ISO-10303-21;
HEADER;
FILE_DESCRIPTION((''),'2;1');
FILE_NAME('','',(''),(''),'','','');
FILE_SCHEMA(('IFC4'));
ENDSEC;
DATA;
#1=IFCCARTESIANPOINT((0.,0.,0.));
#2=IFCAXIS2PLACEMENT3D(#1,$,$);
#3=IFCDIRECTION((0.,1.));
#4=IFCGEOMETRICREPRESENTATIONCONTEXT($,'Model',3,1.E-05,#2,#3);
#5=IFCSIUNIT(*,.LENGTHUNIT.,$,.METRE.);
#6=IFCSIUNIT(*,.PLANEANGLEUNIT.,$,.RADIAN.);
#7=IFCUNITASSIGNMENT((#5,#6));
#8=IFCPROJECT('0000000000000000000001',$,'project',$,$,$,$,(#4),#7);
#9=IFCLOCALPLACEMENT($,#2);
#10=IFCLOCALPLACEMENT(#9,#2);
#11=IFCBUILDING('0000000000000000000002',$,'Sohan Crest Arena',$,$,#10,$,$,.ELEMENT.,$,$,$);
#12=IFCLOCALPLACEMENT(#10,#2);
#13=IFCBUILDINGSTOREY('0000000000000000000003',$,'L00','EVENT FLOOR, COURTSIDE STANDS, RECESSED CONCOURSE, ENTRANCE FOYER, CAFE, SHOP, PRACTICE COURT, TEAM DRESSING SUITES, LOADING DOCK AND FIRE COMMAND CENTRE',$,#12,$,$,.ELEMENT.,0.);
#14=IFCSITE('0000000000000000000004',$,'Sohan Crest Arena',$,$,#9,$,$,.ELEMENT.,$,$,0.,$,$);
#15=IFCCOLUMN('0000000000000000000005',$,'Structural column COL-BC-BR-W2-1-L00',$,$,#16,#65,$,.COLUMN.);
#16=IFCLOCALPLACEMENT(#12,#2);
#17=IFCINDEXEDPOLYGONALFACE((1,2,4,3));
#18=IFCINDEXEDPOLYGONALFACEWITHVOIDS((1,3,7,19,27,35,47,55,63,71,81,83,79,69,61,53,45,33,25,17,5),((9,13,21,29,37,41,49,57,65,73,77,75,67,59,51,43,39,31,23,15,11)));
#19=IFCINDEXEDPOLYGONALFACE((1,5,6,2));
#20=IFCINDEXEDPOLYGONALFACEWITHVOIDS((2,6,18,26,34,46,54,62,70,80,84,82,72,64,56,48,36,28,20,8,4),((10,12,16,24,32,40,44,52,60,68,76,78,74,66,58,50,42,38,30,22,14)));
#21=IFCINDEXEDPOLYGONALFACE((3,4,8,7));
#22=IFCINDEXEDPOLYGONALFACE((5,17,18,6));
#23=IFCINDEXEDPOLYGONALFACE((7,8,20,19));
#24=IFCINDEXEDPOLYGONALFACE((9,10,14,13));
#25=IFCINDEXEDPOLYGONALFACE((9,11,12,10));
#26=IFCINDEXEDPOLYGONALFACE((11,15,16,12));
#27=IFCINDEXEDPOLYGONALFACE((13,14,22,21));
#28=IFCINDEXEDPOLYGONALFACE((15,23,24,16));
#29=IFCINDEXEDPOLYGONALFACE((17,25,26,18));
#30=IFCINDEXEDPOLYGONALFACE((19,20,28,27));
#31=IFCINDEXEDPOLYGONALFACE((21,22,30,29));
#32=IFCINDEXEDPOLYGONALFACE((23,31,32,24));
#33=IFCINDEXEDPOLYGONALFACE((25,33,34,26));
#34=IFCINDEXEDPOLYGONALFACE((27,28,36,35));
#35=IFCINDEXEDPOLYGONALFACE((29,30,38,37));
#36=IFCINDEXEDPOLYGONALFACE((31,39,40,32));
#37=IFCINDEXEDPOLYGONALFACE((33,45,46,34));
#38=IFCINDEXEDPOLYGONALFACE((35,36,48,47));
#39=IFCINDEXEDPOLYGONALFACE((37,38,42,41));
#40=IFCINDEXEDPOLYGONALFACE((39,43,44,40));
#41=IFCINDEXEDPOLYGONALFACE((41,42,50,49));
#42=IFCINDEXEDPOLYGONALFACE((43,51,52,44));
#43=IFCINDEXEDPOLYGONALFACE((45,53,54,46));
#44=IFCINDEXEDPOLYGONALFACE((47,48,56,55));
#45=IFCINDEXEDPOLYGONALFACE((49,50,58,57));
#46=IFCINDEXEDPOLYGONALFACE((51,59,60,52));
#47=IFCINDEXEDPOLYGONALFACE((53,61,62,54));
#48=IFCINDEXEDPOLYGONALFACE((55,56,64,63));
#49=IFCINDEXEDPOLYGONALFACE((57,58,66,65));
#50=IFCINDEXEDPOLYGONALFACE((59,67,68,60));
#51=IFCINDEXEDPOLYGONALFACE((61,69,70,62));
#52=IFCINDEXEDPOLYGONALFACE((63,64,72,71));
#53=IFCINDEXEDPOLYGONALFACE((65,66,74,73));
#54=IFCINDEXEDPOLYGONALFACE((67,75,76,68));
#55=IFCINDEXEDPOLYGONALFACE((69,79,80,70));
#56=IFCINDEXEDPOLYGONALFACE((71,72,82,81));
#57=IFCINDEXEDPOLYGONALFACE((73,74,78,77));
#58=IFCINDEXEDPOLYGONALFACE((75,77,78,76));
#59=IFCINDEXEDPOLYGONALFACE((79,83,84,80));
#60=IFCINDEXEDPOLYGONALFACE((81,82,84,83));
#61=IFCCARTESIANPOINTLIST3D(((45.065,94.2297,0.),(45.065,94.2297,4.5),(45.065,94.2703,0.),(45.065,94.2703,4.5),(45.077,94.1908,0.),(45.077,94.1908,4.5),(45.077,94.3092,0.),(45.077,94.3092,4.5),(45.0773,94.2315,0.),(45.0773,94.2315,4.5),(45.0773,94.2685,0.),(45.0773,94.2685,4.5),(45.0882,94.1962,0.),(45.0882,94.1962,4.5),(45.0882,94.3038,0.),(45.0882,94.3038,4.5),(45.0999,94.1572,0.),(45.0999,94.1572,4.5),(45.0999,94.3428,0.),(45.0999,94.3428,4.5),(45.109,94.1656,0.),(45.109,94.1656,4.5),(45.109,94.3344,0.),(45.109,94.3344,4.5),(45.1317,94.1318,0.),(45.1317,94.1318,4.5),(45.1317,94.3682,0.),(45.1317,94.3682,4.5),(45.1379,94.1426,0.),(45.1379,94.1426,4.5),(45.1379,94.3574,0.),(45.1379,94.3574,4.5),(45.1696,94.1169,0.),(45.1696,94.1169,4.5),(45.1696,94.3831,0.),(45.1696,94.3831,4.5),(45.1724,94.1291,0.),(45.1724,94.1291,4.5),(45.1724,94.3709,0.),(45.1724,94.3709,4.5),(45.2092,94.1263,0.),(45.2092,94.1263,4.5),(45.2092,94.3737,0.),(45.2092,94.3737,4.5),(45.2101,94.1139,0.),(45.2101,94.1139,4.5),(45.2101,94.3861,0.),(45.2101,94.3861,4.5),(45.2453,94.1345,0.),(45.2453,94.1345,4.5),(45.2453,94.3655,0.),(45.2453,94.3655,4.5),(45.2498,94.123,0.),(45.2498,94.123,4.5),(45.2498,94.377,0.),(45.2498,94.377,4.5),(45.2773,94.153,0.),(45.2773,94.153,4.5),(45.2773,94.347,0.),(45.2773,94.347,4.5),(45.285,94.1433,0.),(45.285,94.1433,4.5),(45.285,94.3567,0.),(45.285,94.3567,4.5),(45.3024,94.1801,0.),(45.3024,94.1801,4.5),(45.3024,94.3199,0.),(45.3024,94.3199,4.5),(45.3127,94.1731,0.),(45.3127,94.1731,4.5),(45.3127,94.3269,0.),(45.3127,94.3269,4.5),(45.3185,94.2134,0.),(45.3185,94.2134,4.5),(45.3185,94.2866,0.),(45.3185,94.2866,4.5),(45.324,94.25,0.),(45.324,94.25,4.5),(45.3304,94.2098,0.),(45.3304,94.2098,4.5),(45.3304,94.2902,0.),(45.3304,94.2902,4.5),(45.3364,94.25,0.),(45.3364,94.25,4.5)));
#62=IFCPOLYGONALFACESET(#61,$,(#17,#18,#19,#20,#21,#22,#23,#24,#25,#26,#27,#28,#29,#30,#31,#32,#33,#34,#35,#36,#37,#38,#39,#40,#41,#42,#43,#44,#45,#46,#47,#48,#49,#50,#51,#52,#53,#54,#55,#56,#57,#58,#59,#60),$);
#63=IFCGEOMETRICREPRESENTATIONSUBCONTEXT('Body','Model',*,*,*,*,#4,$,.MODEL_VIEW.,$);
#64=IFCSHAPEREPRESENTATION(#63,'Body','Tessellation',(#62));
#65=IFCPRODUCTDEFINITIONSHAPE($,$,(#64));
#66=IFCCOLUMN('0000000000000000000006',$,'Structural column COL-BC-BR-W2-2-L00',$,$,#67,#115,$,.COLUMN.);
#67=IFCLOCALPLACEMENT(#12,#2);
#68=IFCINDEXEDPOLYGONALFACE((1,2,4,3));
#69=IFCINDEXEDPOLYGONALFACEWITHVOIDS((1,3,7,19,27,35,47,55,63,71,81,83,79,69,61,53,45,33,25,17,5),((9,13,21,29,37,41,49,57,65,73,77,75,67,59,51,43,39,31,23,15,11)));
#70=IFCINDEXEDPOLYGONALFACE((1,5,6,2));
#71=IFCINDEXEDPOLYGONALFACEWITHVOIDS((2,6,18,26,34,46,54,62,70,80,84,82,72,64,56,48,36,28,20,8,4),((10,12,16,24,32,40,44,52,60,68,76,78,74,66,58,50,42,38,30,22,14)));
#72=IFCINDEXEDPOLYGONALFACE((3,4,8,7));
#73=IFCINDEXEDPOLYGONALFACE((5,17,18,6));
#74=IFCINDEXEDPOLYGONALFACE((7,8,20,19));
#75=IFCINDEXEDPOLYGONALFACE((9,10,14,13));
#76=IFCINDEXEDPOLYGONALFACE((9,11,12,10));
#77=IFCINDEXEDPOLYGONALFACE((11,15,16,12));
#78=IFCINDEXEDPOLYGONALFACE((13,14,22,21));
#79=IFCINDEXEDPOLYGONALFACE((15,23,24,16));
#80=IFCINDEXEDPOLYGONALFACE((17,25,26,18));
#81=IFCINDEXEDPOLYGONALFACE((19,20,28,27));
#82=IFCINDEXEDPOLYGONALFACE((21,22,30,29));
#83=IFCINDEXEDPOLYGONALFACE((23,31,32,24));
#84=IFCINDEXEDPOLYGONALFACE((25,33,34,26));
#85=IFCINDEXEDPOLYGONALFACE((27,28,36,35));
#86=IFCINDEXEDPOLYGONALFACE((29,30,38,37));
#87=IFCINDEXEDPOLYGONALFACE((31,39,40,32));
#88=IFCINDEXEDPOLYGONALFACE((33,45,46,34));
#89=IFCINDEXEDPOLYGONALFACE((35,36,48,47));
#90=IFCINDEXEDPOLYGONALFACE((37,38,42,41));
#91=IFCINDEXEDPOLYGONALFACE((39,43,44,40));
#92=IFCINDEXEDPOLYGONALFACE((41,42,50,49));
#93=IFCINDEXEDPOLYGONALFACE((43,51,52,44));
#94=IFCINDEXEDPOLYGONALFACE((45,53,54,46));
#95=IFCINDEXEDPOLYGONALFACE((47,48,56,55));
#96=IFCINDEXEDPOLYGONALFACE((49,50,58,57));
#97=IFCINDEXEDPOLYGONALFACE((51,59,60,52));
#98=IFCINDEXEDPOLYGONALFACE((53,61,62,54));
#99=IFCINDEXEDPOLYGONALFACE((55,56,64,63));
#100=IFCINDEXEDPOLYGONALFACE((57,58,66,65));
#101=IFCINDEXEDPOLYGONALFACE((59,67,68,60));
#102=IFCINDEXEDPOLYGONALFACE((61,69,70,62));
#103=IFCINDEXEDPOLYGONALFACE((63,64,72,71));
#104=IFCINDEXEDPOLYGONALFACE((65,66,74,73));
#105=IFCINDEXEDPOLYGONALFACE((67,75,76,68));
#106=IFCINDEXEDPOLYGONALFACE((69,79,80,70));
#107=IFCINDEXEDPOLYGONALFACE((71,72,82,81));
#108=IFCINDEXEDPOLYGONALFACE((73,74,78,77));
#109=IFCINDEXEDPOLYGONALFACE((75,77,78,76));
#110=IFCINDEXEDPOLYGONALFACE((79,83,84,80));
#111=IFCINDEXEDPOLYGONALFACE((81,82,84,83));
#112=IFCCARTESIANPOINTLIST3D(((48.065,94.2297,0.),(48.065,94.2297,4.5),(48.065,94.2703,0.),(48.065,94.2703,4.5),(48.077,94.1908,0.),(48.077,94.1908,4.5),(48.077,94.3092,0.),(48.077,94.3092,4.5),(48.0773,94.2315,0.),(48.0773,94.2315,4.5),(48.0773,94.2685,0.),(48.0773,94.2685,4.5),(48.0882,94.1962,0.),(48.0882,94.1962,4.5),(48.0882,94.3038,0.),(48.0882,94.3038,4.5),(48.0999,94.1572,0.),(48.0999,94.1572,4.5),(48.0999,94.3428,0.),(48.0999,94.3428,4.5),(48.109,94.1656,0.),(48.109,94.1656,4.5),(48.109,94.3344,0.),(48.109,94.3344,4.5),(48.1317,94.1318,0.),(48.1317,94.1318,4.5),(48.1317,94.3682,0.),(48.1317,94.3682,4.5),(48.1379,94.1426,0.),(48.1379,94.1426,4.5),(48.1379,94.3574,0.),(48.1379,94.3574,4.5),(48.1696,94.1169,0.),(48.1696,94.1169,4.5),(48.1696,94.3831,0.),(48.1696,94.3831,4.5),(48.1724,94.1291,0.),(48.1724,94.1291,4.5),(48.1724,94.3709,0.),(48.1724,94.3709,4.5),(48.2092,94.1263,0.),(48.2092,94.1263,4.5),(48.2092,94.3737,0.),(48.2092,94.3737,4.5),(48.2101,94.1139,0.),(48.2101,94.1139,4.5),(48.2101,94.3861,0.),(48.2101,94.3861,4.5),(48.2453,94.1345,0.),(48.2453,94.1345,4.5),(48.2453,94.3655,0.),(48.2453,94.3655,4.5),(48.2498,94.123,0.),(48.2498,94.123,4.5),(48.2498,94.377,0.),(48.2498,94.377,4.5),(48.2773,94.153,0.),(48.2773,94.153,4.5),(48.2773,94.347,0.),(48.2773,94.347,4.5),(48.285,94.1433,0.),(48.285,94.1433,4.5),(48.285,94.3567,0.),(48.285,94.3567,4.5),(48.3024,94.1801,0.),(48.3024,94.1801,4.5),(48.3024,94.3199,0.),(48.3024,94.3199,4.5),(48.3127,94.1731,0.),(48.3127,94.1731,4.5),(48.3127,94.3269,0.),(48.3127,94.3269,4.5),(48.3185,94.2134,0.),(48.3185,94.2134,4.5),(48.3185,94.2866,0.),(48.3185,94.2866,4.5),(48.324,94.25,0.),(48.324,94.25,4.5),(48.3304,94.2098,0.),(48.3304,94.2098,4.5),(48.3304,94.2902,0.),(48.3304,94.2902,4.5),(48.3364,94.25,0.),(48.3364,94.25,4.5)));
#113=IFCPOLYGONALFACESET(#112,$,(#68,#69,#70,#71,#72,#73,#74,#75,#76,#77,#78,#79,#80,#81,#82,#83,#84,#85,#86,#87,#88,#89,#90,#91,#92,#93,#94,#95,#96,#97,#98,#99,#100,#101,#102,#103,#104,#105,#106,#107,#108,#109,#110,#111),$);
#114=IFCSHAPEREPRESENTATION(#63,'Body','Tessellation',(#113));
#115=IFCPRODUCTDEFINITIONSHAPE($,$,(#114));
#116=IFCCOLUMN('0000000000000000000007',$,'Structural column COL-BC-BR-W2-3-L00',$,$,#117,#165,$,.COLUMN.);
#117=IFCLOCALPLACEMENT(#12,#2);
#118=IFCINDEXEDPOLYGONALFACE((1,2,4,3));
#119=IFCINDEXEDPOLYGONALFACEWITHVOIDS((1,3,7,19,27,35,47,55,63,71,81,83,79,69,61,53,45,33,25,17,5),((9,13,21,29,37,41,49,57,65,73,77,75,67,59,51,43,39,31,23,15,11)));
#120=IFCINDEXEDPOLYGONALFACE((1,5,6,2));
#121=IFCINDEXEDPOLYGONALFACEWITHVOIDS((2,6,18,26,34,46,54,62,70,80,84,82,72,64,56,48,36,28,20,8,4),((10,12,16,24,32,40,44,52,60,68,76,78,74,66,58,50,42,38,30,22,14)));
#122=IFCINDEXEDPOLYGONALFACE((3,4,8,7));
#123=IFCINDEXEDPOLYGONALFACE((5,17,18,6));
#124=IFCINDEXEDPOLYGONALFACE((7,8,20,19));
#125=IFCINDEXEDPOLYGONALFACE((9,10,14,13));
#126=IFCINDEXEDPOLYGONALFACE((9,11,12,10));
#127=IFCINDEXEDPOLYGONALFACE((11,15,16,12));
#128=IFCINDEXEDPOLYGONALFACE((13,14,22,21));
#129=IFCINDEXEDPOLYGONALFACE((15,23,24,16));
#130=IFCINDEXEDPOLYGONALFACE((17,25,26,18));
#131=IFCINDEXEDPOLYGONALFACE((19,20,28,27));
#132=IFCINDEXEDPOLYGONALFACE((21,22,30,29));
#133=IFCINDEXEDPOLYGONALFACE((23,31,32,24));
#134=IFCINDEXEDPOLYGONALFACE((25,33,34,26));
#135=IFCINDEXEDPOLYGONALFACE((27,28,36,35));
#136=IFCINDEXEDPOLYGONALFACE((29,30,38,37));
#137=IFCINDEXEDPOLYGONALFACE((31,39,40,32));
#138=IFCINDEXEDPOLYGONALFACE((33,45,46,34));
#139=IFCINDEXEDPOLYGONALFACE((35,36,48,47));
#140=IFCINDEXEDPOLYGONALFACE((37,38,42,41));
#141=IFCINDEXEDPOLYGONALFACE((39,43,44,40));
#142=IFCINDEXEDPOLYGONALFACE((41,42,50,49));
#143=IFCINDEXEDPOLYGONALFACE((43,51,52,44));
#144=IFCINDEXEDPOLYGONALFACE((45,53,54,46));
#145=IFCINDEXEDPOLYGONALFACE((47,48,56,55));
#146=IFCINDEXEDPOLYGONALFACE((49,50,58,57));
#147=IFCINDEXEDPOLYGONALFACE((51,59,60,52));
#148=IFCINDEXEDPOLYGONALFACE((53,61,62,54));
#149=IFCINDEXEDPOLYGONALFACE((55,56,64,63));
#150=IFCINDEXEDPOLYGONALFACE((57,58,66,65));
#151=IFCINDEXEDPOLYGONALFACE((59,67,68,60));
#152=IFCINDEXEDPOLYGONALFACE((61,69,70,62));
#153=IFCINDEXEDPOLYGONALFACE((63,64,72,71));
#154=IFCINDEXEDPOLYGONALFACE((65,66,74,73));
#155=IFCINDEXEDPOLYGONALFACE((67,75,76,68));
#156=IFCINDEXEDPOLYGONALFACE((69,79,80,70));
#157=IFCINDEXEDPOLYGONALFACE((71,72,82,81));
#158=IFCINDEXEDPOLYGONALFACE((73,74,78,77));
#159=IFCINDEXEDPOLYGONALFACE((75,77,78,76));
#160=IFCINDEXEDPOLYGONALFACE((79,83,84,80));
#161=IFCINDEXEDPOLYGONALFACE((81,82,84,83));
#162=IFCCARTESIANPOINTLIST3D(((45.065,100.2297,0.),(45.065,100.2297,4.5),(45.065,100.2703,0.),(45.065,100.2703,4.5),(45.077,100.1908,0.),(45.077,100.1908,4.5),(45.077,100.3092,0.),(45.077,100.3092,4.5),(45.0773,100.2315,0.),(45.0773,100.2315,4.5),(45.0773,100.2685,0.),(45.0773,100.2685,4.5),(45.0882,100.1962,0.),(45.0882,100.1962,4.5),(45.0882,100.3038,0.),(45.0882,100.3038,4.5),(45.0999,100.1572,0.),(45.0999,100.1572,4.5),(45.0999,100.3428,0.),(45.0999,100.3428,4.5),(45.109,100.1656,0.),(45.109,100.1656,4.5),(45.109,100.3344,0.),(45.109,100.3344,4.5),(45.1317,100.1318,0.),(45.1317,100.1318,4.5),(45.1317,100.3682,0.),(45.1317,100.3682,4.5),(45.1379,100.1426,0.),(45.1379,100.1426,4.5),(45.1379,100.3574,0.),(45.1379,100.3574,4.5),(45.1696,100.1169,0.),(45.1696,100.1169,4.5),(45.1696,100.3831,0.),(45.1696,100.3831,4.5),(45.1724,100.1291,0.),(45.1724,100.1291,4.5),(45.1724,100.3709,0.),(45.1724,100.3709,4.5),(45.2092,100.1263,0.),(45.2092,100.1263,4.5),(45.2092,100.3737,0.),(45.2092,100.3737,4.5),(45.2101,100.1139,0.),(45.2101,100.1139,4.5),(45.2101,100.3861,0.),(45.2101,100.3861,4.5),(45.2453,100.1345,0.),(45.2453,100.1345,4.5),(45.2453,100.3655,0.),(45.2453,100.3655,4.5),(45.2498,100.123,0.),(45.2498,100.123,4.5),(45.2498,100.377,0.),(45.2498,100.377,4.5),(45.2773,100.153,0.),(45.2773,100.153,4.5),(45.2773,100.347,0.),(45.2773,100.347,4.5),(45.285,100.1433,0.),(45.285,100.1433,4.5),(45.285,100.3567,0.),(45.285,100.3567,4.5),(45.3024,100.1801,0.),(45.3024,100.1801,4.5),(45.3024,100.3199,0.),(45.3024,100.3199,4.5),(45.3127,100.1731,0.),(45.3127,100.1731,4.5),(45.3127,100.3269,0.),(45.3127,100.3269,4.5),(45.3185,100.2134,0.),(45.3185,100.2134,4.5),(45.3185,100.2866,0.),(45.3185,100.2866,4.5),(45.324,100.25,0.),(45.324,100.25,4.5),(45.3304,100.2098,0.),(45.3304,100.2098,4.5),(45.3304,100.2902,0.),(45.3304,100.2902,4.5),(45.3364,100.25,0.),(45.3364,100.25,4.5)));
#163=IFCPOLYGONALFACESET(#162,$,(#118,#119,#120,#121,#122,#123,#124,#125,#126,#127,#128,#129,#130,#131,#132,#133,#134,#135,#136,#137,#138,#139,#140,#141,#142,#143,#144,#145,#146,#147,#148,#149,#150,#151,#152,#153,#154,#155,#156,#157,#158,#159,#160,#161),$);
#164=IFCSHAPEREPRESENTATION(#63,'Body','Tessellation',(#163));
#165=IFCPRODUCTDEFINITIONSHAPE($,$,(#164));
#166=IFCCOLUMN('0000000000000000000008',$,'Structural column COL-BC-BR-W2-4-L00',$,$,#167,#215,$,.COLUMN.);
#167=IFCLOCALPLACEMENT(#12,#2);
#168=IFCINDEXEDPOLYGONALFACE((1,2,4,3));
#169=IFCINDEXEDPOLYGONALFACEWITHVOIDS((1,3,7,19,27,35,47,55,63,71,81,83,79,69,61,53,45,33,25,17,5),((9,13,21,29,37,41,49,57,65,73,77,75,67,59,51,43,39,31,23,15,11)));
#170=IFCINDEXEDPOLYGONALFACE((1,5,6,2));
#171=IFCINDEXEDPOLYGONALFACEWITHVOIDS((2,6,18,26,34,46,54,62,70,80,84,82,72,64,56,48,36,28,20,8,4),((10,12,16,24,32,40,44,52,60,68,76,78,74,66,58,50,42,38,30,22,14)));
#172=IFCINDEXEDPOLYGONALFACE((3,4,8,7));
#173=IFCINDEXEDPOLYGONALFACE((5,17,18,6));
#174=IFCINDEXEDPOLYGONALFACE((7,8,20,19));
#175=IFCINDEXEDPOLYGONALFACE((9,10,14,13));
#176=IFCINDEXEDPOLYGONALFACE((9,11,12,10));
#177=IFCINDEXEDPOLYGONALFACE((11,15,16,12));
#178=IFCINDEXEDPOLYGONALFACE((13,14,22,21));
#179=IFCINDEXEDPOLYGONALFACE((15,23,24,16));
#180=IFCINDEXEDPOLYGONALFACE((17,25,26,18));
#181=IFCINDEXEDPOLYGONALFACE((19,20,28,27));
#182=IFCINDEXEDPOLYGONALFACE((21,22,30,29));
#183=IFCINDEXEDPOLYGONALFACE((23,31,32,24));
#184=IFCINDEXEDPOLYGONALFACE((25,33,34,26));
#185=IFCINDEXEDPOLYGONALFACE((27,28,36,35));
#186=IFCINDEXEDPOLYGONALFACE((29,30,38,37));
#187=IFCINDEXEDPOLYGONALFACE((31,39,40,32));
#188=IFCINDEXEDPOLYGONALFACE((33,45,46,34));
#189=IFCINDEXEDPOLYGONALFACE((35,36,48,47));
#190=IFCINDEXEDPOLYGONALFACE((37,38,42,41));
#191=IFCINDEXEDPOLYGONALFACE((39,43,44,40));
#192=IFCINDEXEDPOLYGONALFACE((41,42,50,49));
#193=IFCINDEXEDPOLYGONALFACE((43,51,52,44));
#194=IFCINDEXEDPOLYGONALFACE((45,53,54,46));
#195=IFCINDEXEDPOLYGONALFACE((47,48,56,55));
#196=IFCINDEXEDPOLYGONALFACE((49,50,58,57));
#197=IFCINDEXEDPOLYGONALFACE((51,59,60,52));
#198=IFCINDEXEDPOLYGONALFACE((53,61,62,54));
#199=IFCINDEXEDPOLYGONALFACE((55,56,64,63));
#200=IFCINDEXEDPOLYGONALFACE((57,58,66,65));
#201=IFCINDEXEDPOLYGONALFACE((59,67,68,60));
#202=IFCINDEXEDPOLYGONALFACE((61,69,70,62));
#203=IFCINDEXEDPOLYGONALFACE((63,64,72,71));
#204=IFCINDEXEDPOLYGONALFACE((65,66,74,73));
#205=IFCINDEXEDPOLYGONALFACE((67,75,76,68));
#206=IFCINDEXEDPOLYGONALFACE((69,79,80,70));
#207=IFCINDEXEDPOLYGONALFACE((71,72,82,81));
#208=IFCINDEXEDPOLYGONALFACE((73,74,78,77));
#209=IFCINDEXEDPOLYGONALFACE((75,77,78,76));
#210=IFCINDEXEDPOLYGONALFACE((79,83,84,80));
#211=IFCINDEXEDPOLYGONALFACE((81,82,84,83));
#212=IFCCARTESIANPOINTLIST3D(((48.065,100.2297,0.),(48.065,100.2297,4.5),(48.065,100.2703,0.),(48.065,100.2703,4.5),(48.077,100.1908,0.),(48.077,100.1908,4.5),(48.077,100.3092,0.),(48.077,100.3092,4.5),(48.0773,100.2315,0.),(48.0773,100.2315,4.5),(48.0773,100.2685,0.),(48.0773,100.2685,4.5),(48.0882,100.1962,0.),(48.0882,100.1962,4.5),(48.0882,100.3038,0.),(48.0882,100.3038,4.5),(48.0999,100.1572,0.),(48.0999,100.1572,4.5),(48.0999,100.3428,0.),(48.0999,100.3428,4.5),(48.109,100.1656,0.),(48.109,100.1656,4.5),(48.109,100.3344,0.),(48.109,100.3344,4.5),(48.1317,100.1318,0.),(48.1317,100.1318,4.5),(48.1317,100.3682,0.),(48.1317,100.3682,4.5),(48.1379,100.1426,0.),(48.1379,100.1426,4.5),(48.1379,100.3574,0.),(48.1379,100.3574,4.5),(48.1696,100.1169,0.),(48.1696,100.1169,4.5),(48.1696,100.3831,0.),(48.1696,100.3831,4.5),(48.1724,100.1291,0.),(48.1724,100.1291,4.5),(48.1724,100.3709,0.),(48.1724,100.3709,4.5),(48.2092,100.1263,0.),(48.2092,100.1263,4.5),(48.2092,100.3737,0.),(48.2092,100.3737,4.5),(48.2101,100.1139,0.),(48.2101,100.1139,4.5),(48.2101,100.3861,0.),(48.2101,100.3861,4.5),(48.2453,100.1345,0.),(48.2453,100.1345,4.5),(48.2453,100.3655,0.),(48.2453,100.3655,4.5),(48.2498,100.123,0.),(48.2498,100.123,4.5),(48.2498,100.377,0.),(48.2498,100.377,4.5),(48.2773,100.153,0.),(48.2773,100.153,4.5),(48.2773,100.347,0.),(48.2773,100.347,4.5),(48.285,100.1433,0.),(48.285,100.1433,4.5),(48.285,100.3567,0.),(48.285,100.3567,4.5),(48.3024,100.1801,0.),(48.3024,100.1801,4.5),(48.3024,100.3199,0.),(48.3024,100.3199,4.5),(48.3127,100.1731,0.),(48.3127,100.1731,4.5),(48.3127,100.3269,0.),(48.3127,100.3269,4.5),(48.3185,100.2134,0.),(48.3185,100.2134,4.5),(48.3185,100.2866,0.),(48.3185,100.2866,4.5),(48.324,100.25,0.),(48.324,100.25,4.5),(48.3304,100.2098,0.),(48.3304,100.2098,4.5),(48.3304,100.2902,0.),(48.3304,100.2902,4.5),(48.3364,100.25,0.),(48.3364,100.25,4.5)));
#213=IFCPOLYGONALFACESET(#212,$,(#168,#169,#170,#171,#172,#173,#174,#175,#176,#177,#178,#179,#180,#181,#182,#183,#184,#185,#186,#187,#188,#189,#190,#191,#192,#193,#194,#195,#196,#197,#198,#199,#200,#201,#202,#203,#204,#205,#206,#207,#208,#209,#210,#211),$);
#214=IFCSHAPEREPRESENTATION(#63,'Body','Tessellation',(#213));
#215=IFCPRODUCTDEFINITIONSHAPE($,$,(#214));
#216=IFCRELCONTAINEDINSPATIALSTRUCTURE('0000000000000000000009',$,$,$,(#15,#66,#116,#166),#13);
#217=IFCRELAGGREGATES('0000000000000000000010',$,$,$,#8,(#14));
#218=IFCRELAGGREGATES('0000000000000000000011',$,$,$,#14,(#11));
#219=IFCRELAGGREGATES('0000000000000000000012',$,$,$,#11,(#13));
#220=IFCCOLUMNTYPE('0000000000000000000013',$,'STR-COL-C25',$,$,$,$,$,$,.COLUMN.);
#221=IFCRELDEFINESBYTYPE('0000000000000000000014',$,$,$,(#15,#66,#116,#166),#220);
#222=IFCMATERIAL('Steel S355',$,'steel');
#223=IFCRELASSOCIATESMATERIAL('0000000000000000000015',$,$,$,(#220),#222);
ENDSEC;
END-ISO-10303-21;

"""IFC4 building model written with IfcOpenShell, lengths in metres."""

from ifc_helpers import new_model, si_unit, direction, frame, origin, origin_2d, place, context, subcontext, project, spatial, hollow_circle, extrude, material, material_profile, profile_set, type_object, element, save


model = new_model("IFC4")

# Units and contexts
model_context = context("Model", 3, precision=1e-05, world=origin(), true_north=direction((0.0, 1.0)))
body_context = subcontext(model_context, "Body", "Model", "MODEL_VIEW")
ifc_project = project(units=[si_unit("LENGTHUNIT", "METRE"), si_unit("PLANEANGLEUNIT", "RADIAN")], contexts=[model_context])

# Site, building, storey
site_placement = place(None, origin())
site = spatial("IfcSite", under=ifc_project, at=site_placement, Name="Sohan Crest Arena", CompositionType="ELEMENT", RefElevation=0.0)
building_placement = place(site_placement, origin())
building = spatial("IfcBuilding", under=site, at=building_placement, Name="Sohan Crest Arena", CompositionType="ELEMENT")
storey_placement = place(building_placement, origin())
storey = spatial("IfcBuildingStorey", under=building, at=storey_placement, Name="L00", Description="EVENT FLOOR, COURTSIDE STANDS, RECESSED CONCOURSE, ENTRANCE FOYER, CAFE, SHOP, PRACTICE COURT, TEAM DRESSING SUITES, LOADING DOCK AND FIRE COMMAND CENTRE", CompositionType="ELEMENT", Elevation=0.0)

# Columns
ifc_material_1 = material(Name="Steel S355", Category="steel")
ifc_material_profile_1 = material_profile(ifc_material_1, hollow_circle(Radius=0.1365, WallThickness=0.0125, at=origin_2d()), Name="CHS 273x12.5")
ifc_profile_set_1 = profile_set([ifc_material_profile_1], Name="Steel S355")
column_type = type_object("IfcColumnType", Name="STR-COL-C25", PredefinedType="COLUMN", material=ifc_profile_set_1)
for number, where, z_axis, x_axis, name in (
    (1, (45.2, 94.25, 0.0), (0.0, 0.0, 1.0), (1.0, 0.0, 0.0), "Structural column COL-BC-BR-W2-1-L00"),
    (2, (48.2, 94.25, 0.0), (0.0, 0.0, 1.0), (1.0, 0.0, 0.0), "Structural column COL-BC-BR-W2-2-L00"),
    (3, (45.2, 100.25, 0.0), (0.0, 0.0, 1.0), (1.0, 0.0, 0.0), "Structural column COL-BC-BR-W2-3-L00"),
    (4, (48.2, 100.25, 0.0), (0.0, 0.0, 1.0), (1.0, 0.0, 0.0), "Structural column COL-BC-BR-W2-4-L00"),
):
    element("IfcColumn", number, at=place(storey_placement, frame(where, z_axis=z_axis, x_axis=x_axis)), inside=storey, type_object=column_type, Name=name, PredefinedType="COLUMN", context=body_context, shape_type="SweptSolid", body=[
        extrude(hollow_circle(Radius=0.1365, WallThickness=0.0125, at=origin_2d()), origin(), (0.0, 0.0, 1.0), 4.5),
    ])

save(model, "model.ifc")
